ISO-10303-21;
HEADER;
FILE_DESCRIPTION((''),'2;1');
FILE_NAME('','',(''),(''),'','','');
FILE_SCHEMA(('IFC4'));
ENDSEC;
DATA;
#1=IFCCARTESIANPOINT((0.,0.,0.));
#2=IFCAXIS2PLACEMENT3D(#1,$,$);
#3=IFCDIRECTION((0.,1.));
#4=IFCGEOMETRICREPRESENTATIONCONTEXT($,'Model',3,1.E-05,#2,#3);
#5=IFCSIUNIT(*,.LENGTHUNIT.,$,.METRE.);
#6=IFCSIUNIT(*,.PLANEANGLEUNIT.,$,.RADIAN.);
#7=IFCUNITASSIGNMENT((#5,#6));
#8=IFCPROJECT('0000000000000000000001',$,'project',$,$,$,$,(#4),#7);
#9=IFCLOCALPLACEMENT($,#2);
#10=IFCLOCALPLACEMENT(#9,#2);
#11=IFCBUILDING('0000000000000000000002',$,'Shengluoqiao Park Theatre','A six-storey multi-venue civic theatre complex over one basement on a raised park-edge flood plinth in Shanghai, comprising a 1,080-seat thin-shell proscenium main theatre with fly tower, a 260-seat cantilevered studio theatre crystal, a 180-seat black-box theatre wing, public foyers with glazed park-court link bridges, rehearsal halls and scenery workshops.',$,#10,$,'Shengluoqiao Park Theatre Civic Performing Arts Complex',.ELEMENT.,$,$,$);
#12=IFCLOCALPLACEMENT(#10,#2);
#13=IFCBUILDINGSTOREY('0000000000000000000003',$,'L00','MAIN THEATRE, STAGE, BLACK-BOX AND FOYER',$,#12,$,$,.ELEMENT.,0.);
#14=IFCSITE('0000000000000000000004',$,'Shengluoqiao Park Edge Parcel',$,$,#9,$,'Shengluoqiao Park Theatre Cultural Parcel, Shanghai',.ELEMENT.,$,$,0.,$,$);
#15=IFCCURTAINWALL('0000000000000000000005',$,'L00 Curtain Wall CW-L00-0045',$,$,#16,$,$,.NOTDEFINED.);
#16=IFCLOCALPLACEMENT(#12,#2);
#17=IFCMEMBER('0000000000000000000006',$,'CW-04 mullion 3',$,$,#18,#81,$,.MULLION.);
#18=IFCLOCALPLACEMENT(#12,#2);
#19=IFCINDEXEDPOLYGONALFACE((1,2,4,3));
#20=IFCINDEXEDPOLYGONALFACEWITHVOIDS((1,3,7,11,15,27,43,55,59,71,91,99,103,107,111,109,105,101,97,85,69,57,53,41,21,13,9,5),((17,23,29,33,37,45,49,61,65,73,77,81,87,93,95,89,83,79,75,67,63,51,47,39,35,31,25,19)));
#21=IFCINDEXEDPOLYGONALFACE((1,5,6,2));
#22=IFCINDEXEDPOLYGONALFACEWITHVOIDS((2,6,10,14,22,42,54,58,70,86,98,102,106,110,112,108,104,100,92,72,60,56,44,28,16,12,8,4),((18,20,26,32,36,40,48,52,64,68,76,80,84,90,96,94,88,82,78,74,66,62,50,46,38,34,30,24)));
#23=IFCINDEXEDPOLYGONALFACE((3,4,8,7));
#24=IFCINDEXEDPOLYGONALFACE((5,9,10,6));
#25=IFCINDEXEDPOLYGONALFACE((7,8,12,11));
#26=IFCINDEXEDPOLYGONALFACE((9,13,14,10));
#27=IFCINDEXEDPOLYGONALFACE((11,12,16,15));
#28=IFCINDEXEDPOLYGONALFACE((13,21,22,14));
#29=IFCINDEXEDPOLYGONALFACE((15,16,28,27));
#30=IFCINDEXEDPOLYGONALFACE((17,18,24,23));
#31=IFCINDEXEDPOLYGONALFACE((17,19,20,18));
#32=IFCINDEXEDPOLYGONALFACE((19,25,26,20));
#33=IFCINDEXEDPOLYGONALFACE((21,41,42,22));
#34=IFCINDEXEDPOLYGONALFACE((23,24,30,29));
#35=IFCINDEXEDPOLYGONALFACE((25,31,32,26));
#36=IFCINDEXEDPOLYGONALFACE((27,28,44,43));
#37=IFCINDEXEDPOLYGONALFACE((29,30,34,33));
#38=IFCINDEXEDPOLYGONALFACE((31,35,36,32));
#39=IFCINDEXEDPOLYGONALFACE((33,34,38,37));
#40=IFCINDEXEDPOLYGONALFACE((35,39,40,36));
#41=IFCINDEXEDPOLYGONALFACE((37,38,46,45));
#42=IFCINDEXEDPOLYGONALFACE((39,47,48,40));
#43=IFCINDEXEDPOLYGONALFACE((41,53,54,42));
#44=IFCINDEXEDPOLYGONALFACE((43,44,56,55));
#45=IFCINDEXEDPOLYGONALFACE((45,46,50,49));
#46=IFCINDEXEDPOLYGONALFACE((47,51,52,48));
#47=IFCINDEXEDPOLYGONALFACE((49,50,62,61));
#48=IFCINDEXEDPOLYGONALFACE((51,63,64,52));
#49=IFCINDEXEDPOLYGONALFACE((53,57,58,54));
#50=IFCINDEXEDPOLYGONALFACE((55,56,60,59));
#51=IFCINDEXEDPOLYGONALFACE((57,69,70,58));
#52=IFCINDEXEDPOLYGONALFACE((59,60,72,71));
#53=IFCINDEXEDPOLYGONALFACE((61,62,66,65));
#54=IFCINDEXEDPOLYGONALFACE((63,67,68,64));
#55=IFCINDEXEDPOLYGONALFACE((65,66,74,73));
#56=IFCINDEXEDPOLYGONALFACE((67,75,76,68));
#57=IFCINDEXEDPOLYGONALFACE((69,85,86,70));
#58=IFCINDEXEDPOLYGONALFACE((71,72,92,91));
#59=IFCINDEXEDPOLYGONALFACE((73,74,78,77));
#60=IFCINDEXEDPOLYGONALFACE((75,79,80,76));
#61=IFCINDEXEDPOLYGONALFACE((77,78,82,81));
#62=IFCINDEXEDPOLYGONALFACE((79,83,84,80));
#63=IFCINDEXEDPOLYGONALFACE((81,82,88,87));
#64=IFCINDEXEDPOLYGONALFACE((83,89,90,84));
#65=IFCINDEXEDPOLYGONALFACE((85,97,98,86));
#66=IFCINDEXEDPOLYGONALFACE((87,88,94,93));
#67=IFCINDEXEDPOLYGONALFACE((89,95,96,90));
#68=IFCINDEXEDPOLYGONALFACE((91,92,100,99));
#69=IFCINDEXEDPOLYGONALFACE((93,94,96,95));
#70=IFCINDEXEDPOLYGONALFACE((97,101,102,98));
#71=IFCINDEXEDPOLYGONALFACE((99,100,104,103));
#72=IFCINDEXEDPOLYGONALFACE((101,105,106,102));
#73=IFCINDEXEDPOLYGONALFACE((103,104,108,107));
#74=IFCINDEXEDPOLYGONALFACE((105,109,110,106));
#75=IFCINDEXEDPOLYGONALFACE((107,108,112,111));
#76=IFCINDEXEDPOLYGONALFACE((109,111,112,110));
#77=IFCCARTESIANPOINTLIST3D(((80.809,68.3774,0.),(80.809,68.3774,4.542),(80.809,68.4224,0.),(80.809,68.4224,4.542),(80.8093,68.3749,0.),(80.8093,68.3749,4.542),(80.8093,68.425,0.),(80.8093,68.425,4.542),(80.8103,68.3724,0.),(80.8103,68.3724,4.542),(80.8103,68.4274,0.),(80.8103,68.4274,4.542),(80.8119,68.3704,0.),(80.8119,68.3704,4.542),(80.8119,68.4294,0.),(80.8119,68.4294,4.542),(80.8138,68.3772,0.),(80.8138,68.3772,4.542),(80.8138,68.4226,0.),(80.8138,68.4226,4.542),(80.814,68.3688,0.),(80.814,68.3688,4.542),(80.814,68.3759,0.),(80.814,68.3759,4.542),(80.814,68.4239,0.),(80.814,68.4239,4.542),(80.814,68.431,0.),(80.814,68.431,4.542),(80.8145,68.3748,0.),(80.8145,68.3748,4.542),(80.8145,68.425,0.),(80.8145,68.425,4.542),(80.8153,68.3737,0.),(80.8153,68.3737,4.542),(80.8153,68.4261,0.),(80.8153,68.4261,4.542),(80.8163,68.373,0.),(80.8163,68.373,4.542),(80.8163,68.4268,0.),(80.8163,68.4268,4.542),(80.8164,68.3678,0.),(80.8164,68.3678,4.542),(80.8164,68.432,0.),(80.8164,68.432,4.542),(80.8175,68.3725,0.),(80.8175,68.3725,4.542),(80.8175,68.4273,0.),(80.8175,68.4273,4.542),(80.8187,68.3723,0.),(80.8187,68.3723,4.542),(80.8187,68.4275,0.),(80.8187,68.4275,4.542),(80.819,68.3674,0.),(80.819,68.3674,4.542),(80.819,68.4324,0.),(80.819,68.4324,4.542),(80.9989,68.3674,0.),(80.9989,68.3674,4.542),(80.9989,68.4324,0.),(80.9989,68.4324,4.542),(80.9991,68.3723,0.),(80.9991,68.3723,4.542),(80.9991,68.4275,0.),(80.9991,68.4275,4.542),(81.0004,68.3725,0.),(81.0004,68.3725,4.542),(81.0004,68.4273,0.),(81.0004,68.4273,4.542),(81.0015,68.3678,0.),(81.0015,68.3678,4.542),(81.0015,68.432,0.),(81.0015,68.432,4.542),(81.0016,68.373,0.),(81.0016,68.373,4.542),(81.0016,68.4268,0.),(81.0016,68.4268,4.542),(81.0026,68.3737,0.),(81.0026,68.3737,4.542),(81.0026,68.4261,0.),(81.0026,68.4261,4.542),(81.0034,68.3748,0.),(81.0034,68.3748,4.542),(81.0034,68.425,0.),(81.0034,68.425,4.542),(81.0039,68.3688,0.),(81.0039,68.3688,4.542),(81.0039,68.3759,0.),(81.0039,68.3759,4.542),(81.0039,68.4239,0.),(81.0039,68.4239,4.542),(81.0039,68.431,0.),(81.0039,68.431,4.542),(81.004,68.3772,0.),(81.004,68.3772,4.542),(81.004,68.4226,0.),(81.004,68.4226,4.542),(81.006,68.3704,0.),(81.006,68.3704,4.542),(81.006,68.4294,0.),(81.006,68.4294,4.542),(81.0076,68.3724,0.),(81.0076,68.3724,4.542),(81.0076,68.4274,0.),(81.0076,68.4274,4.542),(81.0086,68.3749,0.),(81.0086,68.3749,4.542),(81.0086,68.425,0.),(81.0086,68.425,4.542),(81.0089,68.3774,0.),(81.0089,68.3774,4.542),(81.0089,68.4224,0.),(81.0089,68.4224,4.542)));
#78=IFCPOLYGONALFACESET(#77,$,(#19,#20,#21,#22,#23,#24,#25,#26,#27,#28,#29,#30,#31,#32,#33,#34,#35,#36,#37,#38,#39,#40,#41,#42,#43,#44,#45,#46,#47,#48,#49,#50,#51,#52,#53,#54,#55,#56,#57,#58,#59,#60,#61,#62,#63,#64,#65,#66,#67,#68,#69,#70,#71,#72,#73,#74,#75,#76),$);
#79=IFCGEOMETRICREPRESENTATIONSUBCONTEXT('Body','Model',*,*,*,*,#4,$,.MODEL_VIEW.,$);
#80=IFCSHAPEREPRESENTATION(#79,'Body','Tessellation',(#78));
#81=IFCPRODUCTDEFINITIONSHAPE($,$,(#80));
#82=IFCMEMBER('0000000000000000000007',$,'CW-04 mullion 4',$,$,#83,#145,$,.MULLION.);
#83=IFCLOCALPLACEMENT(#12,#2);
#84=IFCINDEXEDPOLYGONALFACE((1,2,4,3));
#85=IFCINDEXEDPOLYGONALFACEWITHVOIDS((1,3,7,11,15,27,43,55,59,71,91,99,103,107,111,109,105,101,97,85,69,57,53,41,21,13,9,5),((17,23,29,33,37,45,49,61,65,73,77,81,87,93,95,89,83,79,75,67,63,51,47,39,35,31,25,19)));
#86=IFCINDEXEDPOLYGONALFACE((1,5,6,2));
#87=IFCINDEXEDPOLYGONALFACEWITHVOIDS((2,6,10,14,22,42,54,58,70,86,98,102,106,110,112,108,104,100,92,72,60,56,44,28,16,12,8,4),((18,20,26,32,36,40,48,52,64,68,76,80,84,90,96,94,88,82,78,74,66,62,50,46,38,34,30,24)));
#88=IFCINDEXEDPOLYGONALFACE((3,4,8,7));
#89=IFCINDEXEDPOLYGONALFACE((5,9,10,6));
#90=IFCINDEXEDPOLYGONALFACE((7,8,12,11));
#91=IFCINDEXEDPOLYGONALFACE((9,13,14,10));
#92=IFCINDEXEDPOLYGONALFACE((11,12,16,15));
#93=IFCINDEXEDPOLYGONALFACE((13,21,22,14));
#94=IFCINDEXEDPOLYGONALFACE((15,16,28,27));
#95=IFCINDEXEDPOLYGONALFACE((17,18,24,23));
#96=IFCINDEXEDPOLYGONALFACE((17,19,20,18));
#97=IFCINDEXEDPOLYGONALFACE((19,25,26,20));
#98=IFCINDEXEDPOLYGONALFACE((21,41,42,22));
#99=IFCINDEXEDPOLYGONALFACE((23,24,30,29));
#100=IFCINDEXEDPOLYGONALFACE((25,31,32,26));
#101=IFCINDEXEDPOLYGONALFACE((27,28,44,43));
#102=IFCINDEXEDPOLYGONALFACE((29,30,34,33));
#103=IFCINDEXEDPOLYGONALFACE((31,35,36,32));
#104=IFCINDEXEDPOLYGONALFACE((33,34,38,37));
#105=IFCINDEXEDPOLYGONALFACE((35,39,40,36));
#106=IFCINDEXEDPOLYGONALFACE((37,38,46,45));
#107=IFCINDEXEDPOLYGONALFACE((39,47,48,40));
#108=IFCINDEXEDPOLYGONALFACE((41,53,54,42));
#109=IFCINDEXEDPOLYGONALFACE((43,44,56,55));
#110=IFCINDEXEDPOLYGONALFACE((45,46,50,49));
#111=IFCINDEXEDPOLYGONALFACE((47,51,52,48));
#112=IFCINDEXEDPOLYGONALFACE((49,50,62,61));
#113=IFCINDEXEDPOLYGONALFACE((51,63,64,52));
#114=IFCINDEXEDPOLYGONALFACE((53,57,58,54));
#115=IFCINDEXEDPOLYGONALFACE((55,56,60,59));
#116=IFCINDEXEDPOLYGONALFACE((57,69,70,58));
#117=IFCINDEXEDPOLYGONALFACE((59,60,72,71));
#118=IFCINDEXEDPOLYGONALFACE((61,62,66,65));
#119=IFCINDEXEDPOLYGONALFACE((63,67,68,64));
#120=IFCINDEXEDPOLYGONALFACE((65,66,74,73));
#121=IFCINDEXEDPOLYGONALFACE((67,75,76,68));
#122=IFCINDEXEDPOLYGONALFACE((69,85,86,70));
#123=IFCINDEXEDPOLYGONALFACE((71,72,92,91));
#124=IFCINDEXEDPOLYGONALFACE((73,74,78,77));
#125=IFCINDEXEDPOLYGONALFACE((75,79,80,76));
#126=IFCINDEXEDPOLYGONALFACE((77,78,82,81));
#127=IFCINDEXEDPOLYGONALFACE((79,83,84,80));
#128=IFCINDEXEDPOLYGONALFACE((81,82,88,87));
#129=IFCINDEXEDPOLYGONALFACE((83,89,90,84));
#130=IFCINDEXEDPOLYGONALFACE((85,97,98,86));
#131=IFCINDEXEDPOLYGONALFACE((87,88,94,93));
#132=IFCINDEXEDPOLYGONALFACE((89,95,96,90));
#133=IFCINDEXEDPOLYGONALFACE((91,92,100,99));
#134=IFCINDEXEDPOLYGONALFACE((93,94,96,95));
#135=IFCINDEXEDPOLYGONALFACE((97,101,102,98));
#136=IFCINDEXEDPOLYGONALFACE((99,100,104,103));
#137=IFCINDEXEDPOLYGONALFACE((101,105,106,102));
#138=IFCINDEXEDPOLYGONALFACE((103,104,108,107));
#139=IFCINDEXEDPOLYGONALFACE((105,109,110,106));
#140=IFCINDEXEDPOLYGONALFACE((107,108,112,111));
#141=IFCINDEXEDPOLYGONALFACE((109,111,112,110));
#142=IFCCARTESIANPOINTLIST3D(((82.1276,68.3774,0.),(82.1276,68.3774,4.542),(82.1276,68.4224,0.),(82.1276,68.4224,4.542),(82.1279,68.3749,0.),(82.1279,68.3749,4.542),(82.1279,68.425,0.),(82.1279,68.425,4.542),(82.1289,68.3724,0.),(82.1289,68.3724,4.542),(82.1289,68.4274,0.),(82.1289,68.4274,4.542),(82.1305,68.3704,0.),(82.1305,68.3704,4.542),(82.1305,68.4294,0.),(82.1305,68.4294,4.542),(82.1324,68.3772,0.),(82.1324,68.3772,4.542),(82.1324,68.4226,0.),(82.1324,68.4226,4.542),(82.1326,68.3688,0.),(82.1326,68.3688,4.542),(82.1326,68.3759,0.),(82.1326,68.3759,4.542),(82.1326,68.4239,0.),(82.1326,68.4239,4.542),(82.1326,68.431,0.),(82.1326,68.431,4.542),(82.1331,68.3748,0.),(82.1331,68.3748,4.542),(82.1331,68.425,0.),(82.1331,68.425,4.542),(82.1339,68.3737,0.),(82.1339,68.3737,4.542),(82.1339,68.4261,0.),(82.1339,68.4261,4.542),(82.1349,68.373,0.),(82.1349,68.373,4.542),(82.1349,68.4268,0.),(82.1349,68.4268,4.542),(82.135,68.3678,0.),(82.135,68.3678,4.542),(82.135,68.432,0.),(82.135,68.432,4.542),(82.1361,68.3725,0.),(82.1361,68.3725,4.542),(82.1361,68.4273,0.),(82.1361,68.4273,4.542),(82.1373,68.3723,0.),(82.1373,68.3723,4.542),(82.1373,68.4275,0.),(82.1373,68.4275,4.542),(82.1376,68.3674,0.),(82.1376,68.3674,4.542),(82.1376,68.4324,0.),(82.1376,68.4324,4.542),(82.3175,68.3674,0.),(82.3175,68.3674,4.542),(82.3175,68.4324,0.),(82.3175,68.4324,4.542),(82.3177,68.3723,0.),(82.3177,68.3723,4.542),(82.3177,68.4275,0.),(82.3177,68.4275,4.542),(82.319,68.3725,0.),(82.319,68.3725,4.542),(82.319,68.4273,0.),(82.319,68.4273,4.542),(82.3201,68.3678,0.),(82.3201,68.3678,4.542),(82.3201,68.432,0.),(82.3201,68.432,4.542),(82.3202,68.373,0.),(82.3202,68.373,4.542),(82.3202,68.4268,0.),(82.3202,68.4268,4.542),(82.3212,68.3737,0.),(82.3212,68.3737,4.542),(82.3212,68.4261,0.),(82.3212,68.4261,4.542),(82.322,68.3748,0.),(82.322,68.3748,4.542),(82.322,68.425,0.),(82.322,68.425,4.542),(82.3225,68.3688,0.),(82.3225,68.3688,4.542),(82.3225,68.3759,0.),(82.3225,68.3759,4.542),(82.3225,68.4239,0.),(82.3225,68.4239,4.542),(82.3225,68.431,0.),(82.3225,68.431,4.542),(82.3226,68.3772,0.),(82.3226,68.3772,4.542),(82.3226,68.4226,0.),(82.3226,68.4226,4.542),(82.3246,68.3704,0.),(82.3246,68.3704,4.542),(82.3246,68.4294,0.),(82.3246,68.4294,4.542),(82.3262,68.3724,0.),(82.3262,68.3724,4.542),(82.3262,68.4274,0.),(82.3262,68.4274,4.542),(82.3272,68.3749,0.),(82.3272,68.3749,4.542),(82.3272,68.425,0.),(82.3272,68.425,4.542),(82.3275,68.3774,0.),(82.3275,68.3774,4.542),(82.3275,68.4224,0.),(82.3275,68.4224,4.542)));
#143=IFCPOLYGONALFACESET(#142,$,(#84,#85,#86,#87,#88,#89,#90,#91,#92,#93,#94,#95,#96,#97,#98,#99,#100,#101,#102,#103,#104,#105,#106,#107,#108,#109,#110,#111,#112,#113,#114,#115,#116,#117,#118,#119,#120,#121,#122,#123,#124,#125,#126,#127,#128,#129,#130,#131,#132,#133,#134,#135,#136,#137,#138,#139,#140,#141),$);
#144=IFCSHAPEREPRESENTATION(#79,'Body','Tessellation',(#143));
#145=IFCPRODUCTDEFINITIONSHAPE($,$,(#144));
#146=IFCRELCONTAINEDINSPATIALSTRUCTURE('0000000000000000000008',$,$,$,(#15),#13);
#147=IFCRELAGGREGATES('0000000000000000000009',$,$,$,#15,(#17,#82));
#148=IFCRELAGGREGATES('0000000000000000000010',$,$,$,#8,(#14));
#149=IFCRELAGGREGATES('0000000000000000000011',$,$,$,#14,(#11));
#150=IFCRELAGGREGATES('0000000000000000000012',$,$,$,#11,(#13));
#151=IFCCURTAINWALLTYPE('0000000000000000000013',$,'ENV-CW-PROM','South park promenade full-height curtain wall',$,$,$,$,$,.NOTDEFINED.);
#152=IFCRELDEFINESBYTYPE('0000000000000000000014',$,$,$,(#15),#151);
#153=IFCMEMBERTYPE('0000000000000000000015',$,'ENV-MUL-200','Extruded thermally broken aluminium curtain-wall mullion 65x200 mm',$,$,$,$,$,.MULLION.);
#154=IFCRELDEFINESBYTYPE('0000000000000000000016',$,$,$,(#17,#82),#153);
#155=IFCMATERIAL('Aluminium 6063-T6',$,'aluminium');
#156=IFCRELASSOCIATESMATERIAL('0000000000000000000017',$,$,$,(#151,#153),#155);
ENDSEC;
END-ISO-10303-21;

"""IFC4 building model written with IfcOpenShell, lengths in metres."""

from ifc_helpers import new_model, si_unit, direction, frame, origin, origin_2d, place, context, subcontext, project, spatial, hollow_rectangle, extrude, material, material_profile, profile_set, type_object, element, aggregate, save


model = new_model("IFC4")

# Units and contexts
model_context = context("Model", 3, precision=1e-05, world=origin(), true_north=direction((0.0, 1.0)))
body_context = subcontext(model_context, "Body", "Model", "MODEL_VIEW")
ifc_project = project(units=[si_unit("LENGTHUNIT", "METRE"), si_unit("PLANEANGLEUNIT", "RADIAN")], contexts=[model_context])

# Site, building, storey
site_placement = place(None, origin())
site = spatial("IfcSite", under=ifc_project, at=site_placement, Name="Shengluoqiao Park Edge Parcel", LongName="Shengluoqiao Park Theatre Cultural Parcel, Shanghai", CompositionType="ELEMENT", RefElevation=0.0)
building_placement = place(site_placement, origin())
building = spatial("IfcBuilding", under=site, at=building_placement, Name="Shengluoqiao Park Theatre", Description="A six-storey multi-venue civic theatre complex over one basement on a raised park-edge flood plinth in Shanghai, comprising a 1,080-seat thin-shell proscenium main theatre with fly tower, a 260-seat cantilevered studio theatre crystal, a 180-seat black-box theatre wing, public foyers with glazed park-court link bridges, rehearsal halls and scenery workshops.", LongName="Shengluoqiao Park Theatre Civic Performing Arts Complex", CompositionType="ELEMENT")
storey_placement = place(building_placement, origin())
storey = spatial("IfcBuildingStorey", under=building, at=storey_placement, Name="L00", Description="MAIN THEATRE, STAGE, BLACK-BOX AND FOYER", CompositionType="ELEMENT", Elevation=0.0)

# Curtain wall, members
ifc_material_1 = material(Name="Aluminium 6063-T6", Category="aluminium")
curtain_wall_type = type_object("IfcCurtainWallType", Name="ENV-CW-PROM", Description="South park promenade full-height curtain wall", PredefinedType="NOTDEFINED", material=ifc_material_1)
curtain_wall_placement = place(storey_placement, origin())
curtain_wall = element("IfcCurtainWall", 1, at=curtain_wall_placement, inside=storey, type_object=curtain_wall_type, Name="L00 Curtain Wall CW-L00-0045", PredefinedType="NOTDEFINED")
ifc_material_profile_1 = material_profile(ifc_material_1, hollow_rectangle(XDim=0.0649, YDim=0.2, WallThickness=0.0049, InnerFilletRadius=0.0049, OuterFilletRadius=0.01, at=origin_2d()), Name="ALU MULLION 200x65x5")
ifc_profile_set_1 = profile_set([ifc_material_profile_1], Name="Aluminium 6063-T6")
member_type_1 = type_object("IfcMemberType", Name="ENV-MUL-200", Description="Extruded thermally broken aluminium curtain-wall mullion 65x200 mm", PredefinedType="MULLION", material=ifc_profile_set_1)
member_1_placement = place(storey_placement, frame((80.9089, 68.3999, 0.0), z_axis=(0.0, 0.0, 1.0), x_axis=(0.0, 1.0, 0.0)))
member_1 = element("IfcMember", 2, at=member_1_placement, type_object=member_type_1, Name="CW-04 mullion 3", PredefinedType="MULLION", context=body_context, shape_type="SweptSolid", body=[
    extrude(hollow_rectangle(XDim=0.0649, YDim=0.2, WallThickness=0.0049, InnerFilletRadius=0.0049, OuterFilletRadius=0.01, at=origin_2d()), origin(), (0.0, 0.0, 1.0), 4.542),
])
member_2_placement = place(storey_placement, frame((82.2275, 68.3999, 0.0), z_axis=(0.0, 0.0, 1.0), x_axis=(0.0, 1.0, 0.0)))
member_2 = element("IfcMember", 3, at=member_2_placement, type_object=member_type_1, Name="CW-04 mullion 4", PredefinedType="MULLION", context=body_context, shape_type="SweptSolid", body=[
    extrude(hollow_rectangle(XDim=0.0649, YDim=0.2, WallThickness=0.0049, InnerFilletRadius=0.0049, OuterFilletRadius=0.01, at=origin_2d()), origin(), (0.0, 0.0, 1.0), 4.542),
])
aggregate(curtain_wall, [member_1, member_2])

save(model, "model.ifc")
